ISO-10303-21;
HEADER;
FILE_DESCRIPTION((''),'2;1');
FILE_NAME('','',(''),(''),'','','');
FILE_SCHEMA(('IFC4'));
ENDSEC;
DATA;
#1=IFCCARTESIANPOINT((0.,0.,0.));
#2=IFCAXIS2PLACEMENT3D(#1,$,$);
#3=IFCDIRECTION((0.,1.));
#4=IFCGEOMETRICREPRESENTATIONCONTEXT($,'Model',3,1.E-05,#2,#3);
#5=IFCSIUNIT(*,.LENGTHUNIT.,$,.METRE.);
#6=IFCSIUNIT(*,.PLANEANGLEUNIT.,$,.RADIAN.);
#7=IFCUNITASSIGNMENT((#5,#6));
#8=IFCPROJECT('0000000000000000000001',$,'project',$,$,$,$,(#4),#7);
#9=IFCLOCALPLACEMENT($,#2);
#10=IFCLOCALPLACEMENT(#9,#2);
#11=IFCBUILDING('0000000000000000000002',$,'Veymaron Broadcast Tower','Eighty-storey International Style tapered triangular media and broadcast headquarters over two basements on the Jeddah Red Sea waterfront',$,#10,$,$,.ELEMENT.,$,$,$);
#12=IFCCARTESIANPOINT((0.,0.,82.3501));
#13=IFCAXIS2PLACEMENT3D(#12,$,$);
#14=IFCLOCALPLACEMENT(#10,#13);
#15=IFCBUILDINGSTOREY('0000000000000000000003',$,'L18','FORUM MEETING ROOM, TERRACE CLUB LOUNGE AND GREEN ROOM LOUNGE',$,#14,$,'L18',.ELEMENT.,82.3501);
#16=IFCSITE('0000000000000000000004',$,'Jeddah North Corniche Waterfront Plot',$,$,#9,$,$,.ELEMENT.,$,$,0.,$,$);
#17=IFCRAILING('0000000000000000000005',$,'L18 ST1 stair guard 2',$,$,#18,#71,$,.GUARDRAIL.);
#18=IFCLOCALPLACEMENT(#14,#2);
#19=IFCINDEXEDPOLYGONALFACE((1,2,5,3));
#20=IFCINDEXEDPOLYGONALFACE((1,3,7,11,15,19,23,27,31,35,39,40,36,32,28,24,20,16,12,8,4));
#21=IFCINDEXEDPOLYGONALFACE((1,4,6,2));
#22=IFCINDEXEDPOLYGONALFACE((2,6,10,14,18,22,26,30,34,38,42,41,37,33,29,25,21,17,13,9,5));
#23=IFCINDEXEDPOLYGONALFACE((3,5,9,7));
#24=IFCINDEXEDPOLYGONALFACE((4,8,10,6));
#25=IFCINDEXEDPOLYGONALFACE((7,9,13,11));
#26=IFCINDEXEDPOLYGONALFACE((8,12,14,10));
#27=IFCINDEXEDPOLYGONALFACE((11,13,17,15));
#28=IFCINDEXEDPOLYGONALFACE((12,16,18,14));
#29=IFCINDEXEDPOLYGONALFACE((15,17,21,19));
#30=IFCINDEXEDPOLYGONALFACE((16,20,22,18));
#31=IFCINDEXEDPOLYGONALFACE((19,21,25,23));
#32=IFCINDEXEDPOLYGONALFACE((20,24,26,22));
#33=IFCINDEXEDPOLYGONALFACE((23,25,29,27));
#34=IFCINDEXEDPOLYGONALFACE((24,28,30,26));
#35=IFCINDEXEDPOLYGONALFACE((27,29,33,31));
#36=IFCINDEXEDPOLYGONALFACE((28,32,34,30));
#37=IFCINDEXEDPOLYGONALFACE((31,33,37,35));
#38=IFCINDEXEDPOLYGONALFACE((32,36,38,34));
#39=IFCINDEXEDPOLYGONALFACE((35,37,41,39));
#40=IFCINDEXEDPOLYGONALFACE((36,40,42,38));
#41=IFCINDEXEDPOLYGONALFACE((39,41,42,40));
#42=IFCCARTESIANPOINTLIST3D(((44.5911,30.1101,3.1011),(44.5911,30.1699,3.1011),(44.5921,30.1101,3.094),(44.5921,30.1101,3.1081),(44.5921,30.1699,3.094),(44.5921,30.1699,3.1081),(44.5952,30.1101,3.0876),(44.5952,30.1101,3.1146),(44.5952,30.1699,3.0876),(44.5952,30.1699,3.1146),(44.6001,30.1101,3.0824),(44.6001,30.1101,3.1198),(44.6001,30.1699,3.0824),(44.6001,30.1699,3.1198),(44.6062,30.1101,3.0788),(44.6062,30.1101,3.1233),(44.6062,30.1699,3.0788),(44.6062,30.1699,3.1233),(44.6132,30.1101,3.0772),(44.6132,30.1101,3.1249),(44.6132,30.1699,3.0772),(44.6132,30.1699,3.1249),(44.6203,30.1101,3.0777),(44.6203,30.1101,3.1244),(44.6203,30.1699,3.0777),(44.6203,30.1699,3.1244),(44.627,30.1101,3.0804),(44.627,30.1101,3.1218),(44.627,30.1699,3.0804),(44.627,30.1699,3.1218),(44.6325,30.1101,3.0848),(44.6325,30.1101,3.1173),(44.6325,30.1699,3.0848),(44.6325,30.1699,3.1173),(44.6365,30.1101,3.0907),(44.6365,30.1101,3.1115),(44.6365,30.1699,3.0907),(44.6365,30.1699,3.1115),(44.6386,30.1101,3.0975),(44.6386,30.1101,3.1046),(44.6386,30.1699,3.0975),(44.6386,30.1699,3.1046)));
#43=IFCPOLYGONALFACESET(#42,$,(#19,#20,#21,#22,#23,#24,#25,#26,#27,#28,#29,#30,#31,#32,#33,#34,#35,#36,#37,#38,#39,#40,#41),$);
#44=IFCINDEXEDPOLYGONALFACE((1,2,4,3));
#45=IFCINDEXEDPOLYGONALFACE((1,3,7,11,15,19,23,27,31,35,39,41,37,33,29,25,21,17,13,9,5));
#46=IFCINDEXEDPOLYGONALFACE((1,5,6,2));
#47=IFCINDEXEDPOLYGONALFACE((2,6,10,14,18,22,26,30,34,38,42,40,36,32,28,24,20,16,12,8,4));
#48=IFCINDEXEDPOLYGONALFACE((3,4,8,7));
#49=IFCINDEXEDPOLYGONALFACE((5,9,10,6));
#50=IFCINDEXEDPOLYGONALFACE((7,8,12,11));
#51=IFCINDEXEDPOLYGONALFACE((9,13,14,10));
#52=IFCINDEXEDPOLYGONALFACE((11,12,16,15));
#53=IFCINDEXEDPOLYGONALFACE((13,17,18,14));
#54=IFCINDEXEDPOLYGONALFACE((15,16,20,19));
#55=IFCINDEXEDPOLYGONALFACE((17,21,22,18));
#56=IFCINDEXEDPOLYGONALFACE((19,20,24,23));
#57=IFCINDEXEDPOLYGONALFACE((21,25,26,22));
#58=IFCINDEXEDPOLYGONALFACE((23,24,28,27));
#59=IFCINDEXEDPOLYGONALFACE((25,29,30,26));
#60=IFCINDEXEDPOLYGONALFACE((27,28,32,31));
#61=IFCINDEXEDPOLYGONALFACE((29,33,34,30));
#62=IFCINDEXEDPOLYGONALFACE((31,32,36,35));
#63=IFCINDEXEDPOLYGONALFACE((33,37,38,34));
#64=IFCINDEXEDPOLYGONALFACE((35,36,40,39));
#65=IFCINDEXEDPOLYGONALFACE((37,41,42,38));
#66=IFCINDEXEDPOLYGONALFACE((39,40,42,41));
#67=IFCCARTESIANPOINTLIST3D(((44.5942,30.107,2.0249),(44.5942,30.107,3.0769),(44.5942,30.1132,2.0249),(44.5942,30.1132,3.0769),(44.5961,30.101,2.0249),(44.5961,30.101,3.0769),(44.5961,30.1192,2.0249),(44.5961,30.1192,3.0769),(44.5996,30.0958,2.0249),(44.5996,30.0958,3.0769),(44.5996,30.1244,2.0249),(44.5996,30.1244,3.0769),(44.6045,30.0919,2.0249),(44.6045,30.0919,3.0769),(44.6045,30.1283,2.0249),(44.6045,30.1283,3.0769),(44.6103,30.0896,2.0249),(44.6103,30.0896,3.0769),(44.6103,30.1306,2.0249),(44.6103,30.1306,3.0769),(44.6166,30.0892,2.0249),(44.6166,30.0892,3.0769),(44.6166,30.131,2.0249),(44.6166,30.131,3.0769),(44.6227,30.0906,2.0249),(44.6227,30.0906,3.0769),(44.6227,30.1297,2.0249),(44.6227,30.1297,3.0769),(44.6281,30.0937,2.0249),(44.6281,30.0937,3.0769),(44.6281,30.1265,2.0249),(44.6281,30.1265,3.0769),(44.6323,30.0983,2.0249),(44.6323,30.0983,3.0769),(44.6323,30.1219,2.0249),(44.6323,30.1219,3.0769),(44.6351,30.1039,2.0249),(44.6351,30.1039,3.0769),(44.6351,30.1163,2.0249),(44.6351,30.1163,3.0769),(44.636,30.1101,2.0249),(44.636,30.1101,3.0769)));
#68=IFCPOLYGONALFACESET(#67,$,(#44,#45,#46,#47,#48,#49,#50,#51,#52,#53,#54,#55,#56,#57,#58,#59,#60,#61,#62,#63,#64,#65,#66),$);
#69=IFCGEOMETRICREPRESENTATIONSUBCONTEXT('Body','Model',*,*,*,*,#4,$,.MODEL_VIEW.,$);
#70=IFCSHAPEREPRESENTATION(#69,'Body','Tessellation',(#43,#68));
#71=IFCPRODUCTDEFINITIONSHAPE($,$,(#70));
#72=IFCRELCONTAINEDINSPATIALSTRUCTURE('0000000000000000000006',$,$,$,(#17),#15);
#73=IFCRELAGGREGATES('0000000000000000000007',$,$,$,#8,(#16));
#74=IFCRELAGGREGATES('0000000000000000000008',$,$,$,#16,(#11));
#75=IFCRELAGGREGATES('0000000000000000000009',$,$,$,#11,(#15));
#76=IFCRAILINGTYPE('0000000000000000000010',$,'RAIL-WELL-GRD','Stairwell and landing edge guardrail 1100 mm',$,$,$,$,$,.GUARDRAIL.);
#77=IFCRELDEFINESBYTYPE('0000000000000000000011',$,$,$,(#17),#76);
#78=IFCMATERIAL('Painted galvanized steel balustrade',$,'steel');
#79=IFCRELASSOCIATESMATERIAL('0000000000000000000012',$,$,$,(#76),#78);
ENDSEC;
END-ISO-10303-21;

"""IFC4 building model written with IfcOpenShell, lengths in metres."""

from ifc_helpers import new_model, si_unit, direction, frame, origin, origin_2d, place, context, subcontext, project, spatial, circle, extrude, material, type_object, element, save


model = new_model("IFC4")

# Units and contexts
model_context = context("Model", 3, precision=1e-05, world=origin(), true_north=direction((0.0, 1.0)))
body_context = subcontext(model_context, "Body", "Model", "MODEL_VIEW")
ifc_project = project(units=[si_unit("LENGTHUNIT", "METRE"), si_unit("PLANEANGLEUNIT", "RADIAN")], contexts=[model_context])

# Site, building, storey
site_placement = place(None, origin())
site = spatial("IfcSite", under=ifc_project, at=site_placement, Name="Jeddah North Corniche Waterfront Plot", CompositionType="ELEMENT", RefElevation=0.0)
building_placement = place(site_placement, origin())
building = spatial("IfcBuilding", under=site, at=building_placement, Name="Veymaron Broadcast Tower", Description="Eighty-storey International Style tapered triangular media and broadcast headquarters over two basements on the Jeddah Red Sea waterfront", CompositionType="ELEMENT")
storey_placement = place(building_placement, frame((0.0, 0.0, 82.3501)))
storey = spatial("IfcBuildingStorey", under=building, at=storey_placement, Name="L18", Description="FORUM MEETING ROOM, TERRACE CLUB LOUNGE AND GREEN ROOM LOUNGE", LongName="L18", CompositionType="ELEMENT", Elevation=82.3501)

# Railing
ifc_material_1 = material(Name="Painted galvanized steel balustrade", Category="steel")
railing_type_1 = type_object("IfcRailingType", Name="RAIL-WELL-GRD", Description="Stairwell and landing edge guardrail 1100 mm", PredefinedType="GUARDRAIL", material=ifc_material_1)
railing_1_placement = place(storey_placement, frame((44.615, 30.1101, 2.0249)))
element("IfcRailing", 1, at=railing_1_placement, inside=storey, type_object=railing_type_1, Name="L18 ST1 stair guard 2", PredefinedType="GUARDRAIL", context=body_context, shape_type="SweptSolid", body=[
    extrude(circle(Radius=0.0239, at=origin_2d()), frame((0.0, 0.0, 1.0762), z_axis=(0.0, 1.0, 0.0), x_axis=(-1.0, 0.0, 0.0)), (0.0, 0.0, 1.0), 0.0598),
    extrude(circle(Radius=0.021, at=origin_2d()), origin(), (0.0, 0.0, 1.0), 1.052),
])

save(model, "model.ifc")
